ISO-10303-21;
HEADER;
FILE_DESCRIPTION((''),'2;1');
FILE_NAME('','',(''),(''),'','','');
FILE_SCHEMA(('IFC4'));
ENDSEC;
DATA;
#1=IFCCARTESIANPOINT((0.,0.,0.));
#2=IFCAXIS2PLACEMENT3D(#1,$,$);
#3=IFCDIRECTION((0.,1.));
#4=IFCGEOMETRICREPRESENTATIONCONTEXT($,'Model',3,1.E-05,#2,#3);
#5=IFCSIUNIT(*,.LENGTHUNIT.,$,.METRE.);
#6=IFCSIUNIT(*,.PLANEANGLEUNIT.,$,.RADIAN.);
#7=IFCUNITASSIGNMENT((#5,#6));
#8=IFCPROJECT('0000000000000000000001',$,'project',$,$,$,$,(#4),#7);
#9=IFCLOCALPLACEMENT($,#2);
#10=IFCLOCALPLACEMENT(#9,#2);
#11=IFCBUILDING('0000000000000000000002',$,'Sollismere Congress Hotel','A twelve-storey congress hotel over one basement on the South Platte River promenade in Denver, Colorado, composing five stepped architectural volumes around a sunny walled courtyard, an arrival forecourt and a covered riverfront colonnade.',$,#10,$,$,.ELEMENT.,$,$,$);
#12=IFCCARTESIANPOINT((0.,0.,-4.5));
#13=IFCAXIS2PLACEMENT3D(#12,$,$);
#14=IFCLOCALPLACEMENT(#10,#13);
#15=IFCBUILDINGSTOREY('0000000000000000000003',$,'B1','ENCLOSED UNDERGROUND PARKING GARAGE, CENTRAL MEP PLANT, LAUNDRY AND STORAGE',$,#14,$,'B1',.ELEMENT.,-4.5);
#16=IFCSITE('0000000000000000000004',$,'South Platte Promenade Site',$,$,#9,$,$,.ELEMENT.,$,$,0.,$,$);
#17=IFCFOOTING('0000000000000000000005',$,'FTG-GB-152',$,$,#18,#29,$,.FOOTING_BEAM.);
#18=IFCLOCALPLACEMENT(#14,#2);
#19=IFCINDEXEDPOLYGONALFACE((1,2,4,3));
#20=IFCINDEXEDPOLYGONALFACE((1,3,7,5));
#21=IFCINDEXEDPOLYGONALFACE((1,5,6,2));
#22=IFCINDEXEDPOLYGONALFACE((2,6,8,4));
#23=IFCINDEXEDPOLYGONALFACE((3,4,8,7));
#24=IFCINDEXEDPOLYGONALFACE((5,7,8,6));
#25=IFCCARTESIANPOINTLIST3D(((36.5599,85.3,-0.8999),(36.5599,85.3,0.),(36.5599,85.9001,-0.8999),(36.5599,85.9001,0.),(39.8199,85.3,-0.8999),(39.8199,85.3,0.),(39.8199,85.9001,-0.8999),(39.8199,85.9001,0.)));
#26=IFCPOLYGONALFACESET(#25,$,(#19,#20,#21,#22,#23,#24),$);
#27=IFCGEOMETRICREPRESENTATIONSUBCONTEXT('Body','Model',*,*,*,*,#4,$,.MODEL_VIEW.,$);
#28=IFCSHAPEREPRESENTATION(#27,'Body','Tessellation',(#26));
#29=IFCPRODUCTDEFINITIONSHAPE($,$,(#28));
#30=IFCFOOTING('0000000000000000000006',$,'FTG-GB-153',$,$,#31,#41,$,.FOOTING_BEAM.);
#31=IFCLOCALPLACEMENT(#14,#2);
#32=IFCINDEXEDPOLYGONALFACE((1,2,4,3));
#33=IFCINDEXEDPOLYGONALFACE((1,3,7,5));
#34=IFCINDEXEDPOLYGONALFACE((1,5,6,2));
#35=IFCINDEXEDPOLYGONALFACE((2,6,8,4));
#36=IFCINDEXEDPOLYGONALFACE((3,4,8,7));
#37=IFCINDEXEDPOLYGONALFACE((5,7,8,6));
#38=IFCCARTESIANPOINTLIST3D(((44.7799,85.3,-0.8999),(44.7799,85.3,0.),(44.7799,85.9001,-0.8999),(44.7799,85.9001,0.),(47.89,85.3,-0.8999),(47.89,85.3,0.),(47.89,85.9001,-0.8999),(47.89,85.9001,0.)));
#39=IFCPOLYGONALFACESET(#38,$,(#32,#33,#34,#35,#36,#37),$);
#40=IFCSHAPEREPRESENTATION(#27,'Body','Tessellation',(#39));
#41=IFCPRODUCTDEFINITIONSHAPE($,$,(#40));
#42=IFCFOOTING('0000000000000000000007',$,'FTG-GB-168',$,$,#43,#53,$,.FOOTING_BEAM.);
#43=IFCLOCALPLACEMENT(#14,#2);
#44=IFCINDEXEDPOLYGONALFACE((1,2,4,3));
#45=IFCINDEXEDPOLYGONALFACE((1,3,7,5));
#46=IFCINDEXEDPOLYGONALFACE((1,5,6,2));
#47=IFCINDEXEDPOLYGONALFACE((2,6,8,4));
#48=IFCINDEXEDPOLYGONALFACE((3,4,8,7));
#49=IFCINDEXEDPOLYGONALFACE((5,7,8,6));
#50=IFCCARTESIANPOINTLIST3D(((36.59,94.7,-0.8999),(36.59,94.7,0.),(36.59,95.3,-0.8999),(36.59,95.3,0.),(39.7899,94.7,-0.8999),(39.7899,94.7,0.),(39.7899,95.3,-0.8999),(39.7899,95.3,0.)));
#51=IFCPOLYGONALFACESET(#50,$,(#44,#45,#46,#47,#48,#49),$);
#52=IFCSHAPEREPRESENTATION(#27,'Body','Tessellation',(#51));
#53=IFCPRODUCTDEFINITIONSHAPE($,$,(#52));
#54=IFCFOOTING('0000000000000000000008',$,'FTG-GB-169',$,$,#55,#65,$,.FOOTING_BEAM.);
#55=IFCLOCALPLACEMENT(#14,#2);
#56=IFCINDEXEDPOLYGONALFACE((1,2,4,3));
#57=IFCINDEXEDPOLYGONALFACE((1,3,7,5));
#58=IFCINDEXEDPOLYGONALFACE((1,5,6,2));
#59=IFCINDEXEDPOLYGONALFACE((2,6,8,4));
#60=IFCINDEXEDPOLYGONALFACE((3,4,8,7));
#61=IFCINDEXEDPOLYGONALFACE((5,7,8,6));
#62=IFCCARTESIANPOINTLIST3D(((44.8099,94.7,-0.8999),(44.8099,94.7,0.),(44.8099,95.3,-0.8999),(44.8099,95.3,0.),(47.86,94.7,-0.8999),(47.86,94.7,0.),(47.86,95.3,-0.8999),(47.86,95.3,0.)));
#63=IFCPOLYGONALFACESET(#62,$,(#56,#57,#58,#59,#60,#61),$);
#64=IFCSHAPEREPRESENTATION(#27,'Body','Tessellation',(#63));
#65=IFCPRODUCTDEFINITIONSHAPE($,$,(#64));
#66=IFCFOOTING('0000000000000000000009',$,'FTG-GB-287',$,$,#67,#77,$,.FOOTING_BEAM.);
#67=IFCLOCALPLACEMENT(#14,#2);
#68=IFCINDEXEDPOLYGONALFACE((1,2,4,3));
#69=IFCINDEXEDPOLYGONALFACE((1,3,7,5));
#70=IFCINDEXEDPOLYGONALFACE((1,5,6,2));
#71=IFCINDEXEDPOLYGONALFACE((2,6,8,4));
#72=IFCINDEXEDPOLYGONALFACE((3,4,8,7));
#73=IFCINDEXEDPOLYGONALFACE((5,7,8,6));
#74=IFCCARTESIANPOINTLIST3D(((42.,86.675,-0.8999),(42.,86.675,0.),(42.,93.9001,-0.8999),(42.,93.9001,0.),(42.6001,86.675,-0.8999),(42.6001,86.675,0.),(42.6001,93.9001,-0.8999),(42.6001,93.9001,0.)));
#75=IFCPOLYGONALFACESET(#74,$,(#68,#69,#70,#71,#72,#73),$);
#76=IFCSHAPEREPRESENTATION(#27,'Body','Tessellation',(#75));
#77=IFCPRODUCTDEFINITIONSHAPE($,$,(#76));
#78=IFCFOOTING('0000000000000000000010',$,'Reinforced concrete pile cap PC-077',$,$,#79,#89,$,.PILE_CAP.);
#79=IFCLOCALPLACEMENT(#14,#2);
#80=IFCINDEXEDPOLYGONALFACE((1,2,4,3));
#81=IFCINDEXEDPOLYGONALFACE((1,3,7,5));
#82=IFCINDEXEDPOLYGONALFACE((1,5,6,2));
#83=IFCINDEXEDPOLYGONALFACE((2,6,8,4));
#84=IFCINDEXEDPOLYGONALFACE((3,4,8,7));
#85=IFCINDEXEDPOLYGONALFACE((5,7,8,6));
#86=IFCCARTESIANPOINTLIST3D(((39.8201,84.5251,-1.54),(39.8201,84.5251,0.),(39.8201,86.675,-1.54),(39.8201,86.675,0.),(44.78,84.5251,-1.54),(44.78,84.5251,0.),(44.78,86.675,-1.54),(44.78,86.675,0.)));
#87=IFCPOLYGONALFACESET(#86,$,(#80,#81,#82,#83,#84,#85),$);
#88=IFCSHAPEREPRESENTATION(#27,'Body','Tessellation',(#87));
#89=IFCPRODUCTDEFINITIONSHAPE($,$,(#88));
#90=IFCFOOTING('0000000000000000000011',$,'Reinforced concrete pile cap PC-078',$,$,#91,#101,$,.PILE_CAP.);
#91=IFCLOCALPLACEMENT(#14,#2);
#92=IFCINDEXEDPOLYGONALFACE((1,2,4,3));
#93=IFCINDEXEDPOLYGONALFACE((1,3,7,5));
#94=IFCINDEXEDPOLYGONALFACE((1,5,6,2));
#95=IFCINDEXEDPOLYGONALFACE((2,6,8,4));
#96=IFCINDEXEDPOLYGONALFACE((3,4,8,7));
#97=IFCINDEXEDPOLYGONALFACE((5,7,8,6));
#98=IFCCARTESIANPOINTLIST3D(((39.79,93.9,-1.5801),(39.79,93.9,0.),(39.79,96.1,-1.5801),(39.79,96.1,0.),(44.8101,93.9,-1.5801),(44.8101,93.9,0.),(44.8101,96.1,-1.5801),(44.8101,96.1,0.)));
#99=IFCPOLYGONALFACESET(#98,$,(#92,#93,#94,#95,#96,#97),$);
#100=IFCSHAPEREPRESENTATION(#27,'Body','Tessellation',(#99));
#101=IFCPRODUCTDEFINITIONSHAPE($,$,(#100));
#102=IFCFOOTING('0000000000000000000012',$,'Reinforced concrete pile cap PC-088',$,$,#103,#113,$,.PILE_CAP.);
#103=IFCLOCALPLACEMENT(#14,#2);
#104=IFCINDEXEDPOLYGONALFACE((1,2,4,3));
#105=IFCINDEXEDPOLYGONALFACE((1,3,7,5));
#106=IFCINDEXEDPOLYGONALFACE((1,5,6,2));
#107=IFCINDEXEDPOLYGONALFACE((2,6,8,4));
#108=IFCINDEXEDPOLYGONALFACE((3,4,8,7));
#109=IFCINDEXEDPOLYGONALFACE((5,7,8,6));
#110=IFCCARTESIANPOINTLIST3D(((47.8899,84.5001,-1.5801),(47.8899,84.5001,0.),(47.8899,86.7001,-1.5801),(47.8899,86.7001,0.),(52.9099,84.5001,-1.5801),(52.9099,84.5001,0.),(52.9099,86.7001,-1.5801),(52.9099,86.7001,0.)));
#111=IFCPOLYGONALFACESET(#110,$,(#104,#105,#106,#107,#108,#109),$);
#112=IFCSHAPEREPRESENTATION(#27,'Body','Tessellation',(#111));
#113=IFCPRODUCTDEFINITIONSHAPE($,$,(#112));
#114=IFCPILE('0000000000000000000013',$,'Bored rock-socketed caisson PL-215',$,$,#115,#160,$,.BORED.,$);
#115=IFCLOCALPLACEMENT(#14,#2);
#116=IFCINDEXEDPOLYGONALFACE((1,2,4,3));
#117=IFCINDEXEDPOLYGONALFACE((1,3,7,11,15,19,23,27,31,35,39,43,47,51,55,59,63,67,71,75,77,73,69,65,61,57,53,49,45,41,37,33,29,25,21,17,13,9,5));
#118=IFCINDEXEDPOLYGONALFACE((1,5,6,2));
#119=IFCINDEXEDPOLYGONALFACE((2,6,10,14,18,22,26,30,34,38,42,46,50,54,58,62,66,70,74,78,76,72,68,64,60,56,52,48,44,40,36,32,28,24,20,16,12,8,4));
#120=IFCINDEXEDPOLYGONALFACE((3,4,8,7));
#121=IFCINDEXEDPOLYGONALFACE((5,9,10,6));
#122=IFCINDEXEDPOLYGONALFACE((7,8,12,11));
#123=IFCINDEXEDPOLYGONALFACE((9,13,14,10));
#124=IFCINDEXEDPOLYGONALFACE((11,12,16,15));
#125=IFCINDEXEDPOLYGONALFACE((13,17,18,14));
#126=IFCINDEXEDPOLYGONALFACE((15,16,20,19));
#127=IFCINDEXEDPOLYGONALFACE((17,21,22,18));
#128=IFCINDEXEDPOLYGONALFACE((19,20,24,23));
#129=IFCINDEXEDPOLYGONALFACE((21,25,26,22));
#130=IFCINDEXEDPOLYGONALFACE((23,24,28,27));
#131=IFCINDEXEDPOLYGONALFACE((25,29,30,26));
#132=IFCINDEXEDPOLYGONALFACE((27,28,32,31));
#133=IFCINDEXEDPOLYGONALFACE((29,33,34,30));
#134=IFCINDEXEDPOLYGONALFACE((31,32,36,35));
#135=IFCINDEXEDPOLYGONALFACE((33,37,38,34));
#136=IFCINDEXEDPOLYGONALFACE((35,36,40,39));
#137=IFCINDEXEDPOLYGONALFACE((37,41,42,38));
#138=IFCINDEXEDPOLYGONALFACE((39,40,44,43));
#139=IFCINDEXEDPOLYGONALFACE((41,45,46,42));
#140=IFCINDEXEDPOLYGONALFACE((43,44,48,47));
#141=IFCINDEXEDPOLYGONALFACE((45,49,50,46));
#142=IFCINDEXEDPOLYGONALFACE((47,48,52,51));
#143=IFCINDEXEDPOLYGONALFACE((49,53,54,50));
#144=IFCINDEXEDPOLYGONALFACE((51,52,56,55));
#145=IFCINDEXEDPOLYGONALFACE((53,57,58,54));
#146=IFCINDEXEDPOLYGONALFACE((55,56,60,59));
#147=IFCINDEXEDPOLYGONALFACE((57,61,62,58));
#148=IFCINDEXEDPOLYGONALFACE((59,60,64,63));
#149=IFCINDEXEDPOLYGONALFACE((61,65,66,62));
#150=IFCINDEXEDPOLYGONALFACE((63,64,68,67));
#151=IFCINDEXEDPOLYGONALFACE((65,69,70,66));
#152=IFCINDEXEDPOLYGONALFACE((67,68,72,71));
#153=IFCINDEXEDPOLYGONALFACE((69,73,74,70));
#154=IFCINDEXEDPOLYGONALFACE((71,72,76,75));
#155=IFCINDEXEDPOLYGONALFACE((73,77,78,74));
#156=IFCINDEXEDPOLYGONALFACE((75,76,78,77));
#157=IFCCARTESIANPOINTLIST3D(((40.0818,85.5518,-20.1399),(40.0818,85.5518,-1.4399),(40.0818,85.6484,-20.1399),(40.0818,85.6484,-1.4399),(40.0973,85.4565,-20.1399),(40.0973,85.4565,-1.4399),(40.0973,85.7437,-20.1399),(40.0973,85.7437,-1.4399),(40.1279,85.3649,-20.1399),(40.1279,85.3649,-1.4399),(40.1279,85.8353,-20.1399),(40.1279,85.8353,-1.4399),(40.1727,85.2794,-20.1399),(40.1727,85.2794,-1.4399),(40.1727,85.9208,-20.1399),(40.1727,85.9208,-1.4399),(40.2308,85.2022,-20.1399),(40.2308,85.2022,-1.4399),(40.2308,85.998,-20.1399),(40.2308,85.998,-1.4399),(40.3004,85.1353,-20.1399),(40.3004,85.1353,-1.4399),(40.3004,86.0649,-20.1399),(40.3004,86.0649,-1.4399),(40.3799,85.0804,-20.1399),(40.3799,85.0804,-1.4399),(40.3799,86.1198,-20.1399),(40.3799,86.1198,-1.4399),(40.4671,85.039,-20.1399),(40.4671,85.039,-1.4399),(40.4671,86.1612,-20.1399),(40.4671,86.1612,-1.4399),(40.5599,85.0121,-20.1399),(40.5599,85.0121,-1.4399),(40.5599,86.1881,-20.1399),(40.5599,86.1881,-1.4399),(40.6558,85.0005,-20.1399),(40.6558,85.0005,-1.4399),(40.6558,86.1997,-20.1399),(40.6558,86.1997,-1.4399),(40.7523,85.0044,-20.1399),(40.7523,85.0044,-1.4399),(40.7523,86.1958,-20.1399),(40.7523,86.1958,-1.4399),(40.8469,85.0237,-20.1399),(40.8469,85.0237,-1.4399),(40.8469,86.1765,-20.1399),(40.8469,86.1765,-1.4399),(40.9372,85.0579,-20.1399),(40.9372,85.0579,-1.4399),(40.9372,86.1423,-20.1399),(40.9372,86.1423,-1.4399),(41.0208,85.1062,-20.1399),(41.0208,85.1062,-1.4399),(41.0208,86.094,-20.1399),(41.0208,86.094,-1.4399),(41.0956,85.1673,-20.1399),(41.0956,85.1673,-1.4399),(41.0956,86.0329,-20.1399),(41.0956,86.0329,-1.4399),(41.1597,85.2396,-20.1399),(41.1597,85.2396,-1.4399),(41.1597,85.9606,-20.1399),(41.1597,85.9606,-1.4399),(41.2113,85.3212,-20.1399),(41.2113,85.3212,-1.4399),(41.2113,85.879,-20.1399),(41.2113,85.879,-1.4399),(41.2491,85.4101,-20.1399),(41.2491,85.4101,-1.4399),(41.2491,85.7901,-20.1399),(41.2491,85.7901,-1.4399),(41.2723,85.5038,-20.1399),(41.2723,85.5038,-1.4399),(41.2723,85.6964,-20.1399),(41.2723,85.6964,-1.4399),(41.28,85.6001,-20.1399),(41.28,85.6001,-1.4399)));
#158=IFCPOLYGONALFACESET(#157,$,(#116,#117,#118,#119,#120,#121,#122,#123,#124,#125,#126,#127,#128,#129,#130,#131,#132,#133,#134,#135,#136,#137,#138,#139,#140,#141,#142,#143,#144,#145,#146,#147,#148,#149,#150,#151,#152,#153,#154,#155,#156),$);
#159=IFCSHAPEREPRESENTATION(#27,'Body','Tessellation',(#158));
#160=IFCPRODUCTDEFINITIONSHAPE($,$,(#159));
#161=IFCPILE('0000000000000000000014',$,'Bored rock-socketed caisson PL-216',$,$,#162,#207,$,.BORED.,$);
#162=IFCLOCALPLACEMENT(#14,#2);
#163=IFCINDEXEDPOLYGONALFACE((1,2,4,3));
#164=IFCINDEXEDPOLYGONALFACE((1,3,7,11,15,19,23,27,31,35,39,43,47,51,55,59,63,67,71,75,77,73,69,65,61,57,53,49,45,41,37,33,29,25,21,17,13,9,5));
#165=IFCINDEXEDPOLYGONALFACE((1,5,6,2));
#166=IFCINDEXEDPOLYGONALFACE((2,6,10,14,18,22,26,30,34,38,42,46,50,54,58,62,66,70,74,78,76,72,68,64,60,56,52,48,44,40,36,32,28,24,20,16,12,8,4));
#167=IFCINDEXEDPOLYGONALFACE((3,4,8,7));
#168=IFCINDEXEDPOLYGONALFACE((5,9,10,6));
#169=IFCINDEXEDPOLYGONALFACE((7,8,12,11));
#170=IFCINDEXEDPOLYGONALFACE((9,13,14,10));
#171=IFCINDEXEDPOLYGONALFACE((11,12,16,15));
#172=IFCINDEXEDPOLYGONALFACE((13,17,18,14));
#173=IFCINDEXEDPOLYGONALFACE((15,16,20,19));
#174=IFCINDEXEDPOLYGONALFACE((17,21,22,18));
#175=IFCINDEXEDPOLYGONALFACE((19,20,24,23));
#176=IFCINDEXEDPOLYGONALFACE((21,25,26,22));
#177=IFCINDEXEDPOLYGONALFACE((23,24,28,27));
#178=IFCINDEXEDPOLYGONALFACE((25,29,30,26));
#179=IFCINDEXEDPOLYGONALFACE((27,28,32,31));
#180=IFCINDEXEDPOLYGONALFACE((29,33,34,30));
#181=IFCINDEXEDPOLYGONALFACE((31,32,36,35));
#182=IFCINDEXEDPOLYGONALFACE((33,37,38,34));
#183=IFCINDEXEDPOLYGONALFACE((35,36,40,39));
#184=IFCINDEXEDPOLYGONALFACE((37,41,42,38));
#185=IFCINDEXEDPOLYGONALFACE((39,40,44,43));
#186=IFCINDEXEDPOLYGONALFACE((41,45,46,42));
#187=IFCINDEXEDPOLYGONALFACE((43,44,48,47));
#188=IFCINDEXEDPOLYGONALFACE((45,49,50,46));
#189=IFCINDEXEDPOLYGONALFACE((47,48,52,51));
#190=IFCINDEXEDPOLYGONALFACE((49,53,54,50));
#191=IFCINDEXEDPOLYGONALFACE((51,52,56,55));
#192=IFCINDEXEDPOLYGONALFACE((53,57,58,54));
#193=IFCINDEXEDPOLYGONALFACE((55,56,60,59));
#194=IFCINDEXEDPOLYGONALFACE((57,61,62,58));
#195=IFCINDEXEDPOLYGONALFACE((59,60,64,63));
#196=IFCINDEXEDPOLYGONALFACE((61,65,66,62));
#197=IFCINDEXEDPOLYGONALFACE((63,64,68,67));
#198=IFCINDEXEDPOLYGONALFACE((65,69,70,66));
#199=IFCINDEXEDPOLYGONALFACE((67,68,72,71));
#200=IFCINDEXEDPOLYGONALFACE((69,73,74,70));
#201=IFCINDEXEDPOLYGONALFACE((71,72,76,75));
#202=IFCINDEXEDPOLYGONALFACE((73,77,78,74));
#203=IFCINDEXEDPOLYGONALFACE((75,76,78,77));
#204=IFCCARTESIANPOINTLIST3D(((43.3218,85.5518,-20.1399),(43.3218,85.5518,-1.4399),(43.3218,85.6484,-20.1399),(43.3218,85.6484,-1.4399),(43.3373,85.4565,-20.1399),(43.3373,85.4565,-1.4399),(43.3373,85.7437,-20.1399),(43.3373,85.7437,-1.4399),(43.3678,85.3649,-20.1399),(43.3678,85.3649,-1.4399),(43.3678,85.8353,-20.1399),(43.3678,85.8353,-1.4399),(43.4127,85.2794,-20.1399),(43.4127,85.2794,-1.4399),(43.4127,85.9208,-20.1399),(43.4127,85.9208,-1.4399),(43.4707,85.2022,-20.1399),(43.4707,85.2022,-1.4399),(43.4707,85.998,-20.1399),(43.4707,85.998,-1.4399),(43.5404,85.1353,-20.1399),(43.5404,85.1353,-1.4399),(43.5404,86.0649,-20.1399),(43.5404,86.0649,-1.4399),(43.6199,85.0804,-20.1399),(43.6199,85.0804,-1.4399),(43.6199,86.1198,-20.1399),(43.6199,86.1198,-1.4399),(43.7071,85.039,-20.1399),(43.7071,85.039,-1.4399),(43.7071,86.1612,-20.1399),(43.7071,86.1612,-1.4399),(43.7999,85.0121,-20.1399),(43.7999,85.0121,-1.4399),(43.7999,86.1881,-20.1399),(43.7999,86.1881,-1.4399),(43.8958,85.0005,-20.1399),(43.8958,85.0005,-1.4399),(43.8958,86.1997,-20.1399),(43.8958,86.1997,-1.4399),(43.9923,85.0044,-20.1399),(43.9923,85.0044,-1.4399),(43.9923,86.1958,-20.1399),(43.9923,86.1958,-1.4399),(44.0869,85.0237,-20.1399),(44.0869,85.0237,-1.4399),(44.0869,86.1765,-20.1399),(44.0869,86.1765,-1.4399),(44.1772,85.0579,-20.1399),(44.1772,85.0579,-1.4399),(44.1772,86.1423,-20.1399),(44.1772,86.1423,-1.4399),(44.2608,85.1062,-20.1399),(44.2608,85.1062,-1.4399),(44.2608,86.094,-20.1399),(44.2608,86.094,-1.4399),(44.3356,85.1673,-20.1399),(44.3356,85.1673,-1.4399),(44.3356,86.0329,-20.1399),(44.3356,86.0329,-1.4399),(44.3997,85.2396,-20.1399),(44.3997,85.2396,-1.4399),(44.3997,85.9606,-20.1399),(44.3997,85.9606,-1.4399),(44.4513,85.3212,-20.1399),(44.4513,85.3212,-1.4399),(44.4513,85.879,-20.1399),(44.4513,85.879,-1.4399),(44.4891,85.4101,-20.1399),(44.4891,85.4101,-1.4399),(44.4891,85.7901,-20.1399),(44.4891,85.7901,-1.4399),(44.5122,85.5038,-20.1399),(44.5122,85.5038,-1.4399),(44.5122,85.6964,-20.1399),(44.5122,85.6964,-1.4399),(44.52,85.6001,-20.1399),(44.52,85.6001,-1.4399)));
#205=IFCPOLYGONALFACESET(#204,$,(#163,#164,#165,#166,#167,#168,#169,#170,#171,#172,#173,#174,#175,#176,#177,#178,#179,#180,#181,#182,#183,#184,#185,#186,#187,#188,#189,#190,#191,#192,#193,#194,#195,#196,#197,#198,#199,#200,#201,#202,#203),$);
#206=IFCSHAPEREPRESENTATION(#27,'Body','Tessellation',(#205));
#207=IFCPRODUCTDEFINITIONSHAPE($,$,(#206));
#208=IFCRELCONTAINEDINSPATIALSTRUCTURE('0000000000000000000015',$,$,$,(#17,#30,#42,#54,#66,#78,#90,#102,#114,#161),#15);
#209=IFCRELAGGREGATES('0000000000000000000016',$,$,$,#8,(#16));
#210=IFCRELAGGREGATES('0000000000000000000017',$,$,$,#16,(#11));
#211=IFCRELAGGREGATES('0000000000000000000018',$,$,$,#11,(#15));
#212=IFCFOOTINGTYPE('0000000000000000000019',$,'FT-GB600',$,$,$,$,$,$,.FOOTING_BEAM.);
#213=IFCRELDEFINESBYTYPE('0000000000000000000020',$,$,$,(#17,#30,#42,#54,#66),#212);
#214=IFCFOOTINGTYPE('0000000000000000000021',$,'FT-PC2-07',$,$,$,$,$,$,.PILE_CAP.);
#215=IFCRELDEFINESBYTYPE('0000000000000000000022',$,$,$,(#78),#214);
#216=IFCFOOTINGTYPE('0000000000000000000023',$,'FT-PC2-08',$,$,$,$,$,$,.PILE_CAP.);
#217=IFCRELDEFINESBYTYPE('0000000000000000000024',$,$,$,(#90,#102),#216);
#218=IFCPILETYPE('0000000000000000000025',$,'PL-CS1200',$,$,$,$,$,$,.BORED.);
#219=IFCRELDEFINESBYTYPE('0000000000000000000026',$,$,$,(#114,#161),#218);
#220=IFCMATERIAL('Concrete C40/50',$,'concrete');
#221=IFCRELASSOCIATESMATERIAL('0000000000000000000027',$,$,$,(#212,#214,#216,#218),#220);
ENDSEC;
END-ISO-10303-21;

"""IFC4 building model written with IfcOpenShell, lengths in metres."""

from ifc_helpers import new_model, si_unit, direction, frame, origin, origin_2d, place, context, subcontext, project, spatial, rectangle, circle, extrude, material, material_profile, profile_set, type_object, element, save


model = new_model("IFC4")

# Units and contexts
model_context = context("Model", 3, precision=1e-05, world=origin(), true_north=direction((0.0, 1.0)))
body_context = subcontext(model_context, "Body", "Model", "MODEL_VIEW")
ifc_project = project(units=[si_unit("LENGTHUNIT", "METRE"), si_unit("PLANEANGLEUNIT", "RADIAN")], contexts=[model_context])

# Site, building, storey
site_placement = place(None, origin())
site = spatial("IfcSite", under=ifc_project, at=site_placement, Name="South Platte Promenade Site", CompositionType="ELEMENT", RefElevation=0.0)
building_placement = place(site_placement, origin())
building = spatial("IfcBuilding", under=site, at=building_placement, Name="Sollismere Congress Hotel", Description="A twelve-storey congress hotel over one basement on the South Platte River promenade in Denver, Colorado, composing five stepped architectural volumes around a sunny walled courtyard, an arrival forecourt and a covered riverfront colonnade.", CompositionType="ELEMENT")
storey_placement = place(building_placement, frame((0.0, 0.0, -4.5)))
storey = spatial("IfcBuildingStorey", under=building, at=storey_placement, Name="B1", Description="ENCLOSED UNDERGROUND PARKING GARAGE, CENTRAL MEP PLANT, LAUNDRY AND STORAGE", LongName="B1", CompositionType="ELEMENT", Elevation=-4.5)

# Footings
ifc_material_1 = material(Name="Concrete C40/50", Category="concrete")
footing_type_1 = type_object("IfcFootingType", Name="FT-GB600", PredefinedType="FOOTING_BEAM", material=ifc_material_1)
footing_1_placement = place(storey_placement, frame((38.1899, 85.6001, -0.8999), z_axis=(0.0, 0.0, 1.0), x_axis=(1.0, 0.0, 0.0)))
element("IfcFooting", 1, at=footing_1_placement, inside=storey, type_object=footing_type_1, Name="FTG-GB-152", PredefinedType="FOOTING_BEAM", context=body_context, shape_type="SweptSolid", body=[
    extrude(rectangle(XDim=3.26, YDim=0.6001, at=origin_2d()), origin(), (0.0, 0.0, 1.0), 0.8999),
])
footing_2_placement = place(storey_placement, frame((46.335, 85.6001, -0.8999), z_axis=(0.0, 0.0, 1.0), x_axis=(1.0, 0.0, 0.0)))
element("IfcFooting", 2, at=footing_2_placement, inside=storey, type_object=footing_type_1, Name="FTG-GB-153", PredefinedType="FOOTING_BEAM", context=body_context, shape_type="SweptSolid", body=[
    extrude(rectangle(XDim=3.1101, YDim=0.6001, at=origin_2d()), origin(), (0.0, 0.0, 1.0), 0.8999),
])
footing_3_placement = place(storey_placement, frame((38.1899, 95.0, -0.8999), z_axis=(0.0, 0.0, 1.0), x_axis=(1.0, 0.0, 0.0)))
element("IfcFooting", 3, at=footing_3_placement, inside=storey, type_object=footing_type_1, Name="FTG-GB-168", PredefinedType="FOOTING_BEAM", context=body_context, shape_type="SweptSolid", body=[
    extrude(rectangle(XDim=3.2, YDim=0.6001, at=origin_2d()), origin(), (0.0, 0.0, 1.0), 0.8999),
])
footing_4_placement = place(storey_placement, frame((46.335, 95.0, -0.8999), z_axis=(0.0, 0.0, 1.0), x_axis=(1.0, 0.0, 0.0)))
element("IfcFooting", 4, at=footing_4_placement, inside=storey, type_object=footing_type_1, Name="FTG-GB-169", PredefinedType="FOOTING_BEAM", context=body_context, shape_type="SweptSolid", body=[
    extrude(rectangle(XDim=3.05, YDim=0.6001, at=origin_2d()), origin(), (0.0, 0.0, 1.0), 0.8999),
])
footing_5_placement = place(storey_placement, frame((42.3, 90.2876, -0.8999), z_axis=(0.0, 0.0, 1.0), x_axis=(0.0, 1.0, 0.0)))
element("IfcFooting", 5, at=footing_5_placement, inside=storey, type_object=footing_type_1, Name="FTG-GB-287", PredefinedType="FOOTING_BEAM", context=body_context, shape_type="SweptSolid", body=[
    extrude(rectangle(XDim=7.2251, YDim=0.6001, at=origin_2d()), origin(), (0.0, 0.0, 1.0), 0.8999),
])
footing_type_2 = type_object("IfcFootingType", Name="FT-PC2-07", PredefinedType="PILE_CAP", material=ifc_material_1)
footing_6_placement = place(storey_placement, frame((42.3, 85.6001, -1.54), z_axis=(0.0, 0.0, 1.0), x_axis=(1.0, 0.0, 0.0)))
element("IfcFooting", 6, at=footing_6_placement, inside=storey, type_object=footing_type_2, Name="Reinforced concrete pile cap PC-077", PredefinedType="PILE_CAP", context=body_context, shape_type="SweptSolid", body=[
    extrude(rectangle(XDim=4.96, YDim=2.1499, at=origin_2d()), origin(), (0.0, 0.0, 1.0), 1.54),
])
footing_type_3 = type_object("IfcFootingType", Name="FT-PC2-08", PredefinedType="PILE_CAP", material=ifc_material_1)
for number, where, z_axis, x_axis, name in (
    (7, (42.3, 95.0, -1.5801), (0.0, 0.0, 1.0), (1.0, 0.0, 0.0), "Reinforced concrete pile cap PC-078"),
    (8, (50.3999, 85.6001, -1.5801), (0.0, 0.0, 1.0), (1.0, 0.0, 0.0), "Reinforced concrete pile cap PC-088"),
):
    element("IfcFooting", number, at=place(storey_placement, frame(where, z_axis=z_axis, x_axis=x_axis)), inside=storey, type_object=footing_type_3, Name=name, PredefinedType="PILE_CAP", context=body_context, shape_type="SweptSolid", body=[
        extrude(rectangle(XDim=5.02, YDim=2.2, at=origin_2d()), origin(), (0.0, 0.0, 1.0), 1.5801),
    ])

# Piles
ifc_material_profile_1 = material_profile(ifc_material_1, circle(Radius=0.6001, at=origin_2d()), Name="CAISSON1200")
ifc_profile_set_1 = profile_set([ifc_material_profile_1], Name="Concrete C40/50")
pile_type = type_object("IfcPileType", Name="PL-CS1200", PredefinedType="BORED", material=ifc_profile_set_1)
for number, where, z_axis, x_axis, name in (
    (9, (40.6799, 85.6001, -1.4399), (0.0, 0.0, -1.0), (1.0, 0.0, 0.0), "Bored rock-socketed caisson PL-215"),
    (10, (43.9199, 85.6001, -1.4399), (0.0, 0.0, -1.0), (1.0, 0.0, 0.0), "Bored rock-socketed caisson PL-216"),
):
    element("IfcPile", number, at=place(storey_placement, frame(where, z_axis=z_axis, x_axis=x_axis)), inside=storey, type_object=pile_type, Name=name, PredefinedType="BORED", context=body_context, shape_type="SweptSolid", body=[
        extrude(circle(Radius=0.6001, at=origin_2d()), origin(), (0.0, 0.0, 1.0), 18.7),
    ])

save(model, "model.ifc")
